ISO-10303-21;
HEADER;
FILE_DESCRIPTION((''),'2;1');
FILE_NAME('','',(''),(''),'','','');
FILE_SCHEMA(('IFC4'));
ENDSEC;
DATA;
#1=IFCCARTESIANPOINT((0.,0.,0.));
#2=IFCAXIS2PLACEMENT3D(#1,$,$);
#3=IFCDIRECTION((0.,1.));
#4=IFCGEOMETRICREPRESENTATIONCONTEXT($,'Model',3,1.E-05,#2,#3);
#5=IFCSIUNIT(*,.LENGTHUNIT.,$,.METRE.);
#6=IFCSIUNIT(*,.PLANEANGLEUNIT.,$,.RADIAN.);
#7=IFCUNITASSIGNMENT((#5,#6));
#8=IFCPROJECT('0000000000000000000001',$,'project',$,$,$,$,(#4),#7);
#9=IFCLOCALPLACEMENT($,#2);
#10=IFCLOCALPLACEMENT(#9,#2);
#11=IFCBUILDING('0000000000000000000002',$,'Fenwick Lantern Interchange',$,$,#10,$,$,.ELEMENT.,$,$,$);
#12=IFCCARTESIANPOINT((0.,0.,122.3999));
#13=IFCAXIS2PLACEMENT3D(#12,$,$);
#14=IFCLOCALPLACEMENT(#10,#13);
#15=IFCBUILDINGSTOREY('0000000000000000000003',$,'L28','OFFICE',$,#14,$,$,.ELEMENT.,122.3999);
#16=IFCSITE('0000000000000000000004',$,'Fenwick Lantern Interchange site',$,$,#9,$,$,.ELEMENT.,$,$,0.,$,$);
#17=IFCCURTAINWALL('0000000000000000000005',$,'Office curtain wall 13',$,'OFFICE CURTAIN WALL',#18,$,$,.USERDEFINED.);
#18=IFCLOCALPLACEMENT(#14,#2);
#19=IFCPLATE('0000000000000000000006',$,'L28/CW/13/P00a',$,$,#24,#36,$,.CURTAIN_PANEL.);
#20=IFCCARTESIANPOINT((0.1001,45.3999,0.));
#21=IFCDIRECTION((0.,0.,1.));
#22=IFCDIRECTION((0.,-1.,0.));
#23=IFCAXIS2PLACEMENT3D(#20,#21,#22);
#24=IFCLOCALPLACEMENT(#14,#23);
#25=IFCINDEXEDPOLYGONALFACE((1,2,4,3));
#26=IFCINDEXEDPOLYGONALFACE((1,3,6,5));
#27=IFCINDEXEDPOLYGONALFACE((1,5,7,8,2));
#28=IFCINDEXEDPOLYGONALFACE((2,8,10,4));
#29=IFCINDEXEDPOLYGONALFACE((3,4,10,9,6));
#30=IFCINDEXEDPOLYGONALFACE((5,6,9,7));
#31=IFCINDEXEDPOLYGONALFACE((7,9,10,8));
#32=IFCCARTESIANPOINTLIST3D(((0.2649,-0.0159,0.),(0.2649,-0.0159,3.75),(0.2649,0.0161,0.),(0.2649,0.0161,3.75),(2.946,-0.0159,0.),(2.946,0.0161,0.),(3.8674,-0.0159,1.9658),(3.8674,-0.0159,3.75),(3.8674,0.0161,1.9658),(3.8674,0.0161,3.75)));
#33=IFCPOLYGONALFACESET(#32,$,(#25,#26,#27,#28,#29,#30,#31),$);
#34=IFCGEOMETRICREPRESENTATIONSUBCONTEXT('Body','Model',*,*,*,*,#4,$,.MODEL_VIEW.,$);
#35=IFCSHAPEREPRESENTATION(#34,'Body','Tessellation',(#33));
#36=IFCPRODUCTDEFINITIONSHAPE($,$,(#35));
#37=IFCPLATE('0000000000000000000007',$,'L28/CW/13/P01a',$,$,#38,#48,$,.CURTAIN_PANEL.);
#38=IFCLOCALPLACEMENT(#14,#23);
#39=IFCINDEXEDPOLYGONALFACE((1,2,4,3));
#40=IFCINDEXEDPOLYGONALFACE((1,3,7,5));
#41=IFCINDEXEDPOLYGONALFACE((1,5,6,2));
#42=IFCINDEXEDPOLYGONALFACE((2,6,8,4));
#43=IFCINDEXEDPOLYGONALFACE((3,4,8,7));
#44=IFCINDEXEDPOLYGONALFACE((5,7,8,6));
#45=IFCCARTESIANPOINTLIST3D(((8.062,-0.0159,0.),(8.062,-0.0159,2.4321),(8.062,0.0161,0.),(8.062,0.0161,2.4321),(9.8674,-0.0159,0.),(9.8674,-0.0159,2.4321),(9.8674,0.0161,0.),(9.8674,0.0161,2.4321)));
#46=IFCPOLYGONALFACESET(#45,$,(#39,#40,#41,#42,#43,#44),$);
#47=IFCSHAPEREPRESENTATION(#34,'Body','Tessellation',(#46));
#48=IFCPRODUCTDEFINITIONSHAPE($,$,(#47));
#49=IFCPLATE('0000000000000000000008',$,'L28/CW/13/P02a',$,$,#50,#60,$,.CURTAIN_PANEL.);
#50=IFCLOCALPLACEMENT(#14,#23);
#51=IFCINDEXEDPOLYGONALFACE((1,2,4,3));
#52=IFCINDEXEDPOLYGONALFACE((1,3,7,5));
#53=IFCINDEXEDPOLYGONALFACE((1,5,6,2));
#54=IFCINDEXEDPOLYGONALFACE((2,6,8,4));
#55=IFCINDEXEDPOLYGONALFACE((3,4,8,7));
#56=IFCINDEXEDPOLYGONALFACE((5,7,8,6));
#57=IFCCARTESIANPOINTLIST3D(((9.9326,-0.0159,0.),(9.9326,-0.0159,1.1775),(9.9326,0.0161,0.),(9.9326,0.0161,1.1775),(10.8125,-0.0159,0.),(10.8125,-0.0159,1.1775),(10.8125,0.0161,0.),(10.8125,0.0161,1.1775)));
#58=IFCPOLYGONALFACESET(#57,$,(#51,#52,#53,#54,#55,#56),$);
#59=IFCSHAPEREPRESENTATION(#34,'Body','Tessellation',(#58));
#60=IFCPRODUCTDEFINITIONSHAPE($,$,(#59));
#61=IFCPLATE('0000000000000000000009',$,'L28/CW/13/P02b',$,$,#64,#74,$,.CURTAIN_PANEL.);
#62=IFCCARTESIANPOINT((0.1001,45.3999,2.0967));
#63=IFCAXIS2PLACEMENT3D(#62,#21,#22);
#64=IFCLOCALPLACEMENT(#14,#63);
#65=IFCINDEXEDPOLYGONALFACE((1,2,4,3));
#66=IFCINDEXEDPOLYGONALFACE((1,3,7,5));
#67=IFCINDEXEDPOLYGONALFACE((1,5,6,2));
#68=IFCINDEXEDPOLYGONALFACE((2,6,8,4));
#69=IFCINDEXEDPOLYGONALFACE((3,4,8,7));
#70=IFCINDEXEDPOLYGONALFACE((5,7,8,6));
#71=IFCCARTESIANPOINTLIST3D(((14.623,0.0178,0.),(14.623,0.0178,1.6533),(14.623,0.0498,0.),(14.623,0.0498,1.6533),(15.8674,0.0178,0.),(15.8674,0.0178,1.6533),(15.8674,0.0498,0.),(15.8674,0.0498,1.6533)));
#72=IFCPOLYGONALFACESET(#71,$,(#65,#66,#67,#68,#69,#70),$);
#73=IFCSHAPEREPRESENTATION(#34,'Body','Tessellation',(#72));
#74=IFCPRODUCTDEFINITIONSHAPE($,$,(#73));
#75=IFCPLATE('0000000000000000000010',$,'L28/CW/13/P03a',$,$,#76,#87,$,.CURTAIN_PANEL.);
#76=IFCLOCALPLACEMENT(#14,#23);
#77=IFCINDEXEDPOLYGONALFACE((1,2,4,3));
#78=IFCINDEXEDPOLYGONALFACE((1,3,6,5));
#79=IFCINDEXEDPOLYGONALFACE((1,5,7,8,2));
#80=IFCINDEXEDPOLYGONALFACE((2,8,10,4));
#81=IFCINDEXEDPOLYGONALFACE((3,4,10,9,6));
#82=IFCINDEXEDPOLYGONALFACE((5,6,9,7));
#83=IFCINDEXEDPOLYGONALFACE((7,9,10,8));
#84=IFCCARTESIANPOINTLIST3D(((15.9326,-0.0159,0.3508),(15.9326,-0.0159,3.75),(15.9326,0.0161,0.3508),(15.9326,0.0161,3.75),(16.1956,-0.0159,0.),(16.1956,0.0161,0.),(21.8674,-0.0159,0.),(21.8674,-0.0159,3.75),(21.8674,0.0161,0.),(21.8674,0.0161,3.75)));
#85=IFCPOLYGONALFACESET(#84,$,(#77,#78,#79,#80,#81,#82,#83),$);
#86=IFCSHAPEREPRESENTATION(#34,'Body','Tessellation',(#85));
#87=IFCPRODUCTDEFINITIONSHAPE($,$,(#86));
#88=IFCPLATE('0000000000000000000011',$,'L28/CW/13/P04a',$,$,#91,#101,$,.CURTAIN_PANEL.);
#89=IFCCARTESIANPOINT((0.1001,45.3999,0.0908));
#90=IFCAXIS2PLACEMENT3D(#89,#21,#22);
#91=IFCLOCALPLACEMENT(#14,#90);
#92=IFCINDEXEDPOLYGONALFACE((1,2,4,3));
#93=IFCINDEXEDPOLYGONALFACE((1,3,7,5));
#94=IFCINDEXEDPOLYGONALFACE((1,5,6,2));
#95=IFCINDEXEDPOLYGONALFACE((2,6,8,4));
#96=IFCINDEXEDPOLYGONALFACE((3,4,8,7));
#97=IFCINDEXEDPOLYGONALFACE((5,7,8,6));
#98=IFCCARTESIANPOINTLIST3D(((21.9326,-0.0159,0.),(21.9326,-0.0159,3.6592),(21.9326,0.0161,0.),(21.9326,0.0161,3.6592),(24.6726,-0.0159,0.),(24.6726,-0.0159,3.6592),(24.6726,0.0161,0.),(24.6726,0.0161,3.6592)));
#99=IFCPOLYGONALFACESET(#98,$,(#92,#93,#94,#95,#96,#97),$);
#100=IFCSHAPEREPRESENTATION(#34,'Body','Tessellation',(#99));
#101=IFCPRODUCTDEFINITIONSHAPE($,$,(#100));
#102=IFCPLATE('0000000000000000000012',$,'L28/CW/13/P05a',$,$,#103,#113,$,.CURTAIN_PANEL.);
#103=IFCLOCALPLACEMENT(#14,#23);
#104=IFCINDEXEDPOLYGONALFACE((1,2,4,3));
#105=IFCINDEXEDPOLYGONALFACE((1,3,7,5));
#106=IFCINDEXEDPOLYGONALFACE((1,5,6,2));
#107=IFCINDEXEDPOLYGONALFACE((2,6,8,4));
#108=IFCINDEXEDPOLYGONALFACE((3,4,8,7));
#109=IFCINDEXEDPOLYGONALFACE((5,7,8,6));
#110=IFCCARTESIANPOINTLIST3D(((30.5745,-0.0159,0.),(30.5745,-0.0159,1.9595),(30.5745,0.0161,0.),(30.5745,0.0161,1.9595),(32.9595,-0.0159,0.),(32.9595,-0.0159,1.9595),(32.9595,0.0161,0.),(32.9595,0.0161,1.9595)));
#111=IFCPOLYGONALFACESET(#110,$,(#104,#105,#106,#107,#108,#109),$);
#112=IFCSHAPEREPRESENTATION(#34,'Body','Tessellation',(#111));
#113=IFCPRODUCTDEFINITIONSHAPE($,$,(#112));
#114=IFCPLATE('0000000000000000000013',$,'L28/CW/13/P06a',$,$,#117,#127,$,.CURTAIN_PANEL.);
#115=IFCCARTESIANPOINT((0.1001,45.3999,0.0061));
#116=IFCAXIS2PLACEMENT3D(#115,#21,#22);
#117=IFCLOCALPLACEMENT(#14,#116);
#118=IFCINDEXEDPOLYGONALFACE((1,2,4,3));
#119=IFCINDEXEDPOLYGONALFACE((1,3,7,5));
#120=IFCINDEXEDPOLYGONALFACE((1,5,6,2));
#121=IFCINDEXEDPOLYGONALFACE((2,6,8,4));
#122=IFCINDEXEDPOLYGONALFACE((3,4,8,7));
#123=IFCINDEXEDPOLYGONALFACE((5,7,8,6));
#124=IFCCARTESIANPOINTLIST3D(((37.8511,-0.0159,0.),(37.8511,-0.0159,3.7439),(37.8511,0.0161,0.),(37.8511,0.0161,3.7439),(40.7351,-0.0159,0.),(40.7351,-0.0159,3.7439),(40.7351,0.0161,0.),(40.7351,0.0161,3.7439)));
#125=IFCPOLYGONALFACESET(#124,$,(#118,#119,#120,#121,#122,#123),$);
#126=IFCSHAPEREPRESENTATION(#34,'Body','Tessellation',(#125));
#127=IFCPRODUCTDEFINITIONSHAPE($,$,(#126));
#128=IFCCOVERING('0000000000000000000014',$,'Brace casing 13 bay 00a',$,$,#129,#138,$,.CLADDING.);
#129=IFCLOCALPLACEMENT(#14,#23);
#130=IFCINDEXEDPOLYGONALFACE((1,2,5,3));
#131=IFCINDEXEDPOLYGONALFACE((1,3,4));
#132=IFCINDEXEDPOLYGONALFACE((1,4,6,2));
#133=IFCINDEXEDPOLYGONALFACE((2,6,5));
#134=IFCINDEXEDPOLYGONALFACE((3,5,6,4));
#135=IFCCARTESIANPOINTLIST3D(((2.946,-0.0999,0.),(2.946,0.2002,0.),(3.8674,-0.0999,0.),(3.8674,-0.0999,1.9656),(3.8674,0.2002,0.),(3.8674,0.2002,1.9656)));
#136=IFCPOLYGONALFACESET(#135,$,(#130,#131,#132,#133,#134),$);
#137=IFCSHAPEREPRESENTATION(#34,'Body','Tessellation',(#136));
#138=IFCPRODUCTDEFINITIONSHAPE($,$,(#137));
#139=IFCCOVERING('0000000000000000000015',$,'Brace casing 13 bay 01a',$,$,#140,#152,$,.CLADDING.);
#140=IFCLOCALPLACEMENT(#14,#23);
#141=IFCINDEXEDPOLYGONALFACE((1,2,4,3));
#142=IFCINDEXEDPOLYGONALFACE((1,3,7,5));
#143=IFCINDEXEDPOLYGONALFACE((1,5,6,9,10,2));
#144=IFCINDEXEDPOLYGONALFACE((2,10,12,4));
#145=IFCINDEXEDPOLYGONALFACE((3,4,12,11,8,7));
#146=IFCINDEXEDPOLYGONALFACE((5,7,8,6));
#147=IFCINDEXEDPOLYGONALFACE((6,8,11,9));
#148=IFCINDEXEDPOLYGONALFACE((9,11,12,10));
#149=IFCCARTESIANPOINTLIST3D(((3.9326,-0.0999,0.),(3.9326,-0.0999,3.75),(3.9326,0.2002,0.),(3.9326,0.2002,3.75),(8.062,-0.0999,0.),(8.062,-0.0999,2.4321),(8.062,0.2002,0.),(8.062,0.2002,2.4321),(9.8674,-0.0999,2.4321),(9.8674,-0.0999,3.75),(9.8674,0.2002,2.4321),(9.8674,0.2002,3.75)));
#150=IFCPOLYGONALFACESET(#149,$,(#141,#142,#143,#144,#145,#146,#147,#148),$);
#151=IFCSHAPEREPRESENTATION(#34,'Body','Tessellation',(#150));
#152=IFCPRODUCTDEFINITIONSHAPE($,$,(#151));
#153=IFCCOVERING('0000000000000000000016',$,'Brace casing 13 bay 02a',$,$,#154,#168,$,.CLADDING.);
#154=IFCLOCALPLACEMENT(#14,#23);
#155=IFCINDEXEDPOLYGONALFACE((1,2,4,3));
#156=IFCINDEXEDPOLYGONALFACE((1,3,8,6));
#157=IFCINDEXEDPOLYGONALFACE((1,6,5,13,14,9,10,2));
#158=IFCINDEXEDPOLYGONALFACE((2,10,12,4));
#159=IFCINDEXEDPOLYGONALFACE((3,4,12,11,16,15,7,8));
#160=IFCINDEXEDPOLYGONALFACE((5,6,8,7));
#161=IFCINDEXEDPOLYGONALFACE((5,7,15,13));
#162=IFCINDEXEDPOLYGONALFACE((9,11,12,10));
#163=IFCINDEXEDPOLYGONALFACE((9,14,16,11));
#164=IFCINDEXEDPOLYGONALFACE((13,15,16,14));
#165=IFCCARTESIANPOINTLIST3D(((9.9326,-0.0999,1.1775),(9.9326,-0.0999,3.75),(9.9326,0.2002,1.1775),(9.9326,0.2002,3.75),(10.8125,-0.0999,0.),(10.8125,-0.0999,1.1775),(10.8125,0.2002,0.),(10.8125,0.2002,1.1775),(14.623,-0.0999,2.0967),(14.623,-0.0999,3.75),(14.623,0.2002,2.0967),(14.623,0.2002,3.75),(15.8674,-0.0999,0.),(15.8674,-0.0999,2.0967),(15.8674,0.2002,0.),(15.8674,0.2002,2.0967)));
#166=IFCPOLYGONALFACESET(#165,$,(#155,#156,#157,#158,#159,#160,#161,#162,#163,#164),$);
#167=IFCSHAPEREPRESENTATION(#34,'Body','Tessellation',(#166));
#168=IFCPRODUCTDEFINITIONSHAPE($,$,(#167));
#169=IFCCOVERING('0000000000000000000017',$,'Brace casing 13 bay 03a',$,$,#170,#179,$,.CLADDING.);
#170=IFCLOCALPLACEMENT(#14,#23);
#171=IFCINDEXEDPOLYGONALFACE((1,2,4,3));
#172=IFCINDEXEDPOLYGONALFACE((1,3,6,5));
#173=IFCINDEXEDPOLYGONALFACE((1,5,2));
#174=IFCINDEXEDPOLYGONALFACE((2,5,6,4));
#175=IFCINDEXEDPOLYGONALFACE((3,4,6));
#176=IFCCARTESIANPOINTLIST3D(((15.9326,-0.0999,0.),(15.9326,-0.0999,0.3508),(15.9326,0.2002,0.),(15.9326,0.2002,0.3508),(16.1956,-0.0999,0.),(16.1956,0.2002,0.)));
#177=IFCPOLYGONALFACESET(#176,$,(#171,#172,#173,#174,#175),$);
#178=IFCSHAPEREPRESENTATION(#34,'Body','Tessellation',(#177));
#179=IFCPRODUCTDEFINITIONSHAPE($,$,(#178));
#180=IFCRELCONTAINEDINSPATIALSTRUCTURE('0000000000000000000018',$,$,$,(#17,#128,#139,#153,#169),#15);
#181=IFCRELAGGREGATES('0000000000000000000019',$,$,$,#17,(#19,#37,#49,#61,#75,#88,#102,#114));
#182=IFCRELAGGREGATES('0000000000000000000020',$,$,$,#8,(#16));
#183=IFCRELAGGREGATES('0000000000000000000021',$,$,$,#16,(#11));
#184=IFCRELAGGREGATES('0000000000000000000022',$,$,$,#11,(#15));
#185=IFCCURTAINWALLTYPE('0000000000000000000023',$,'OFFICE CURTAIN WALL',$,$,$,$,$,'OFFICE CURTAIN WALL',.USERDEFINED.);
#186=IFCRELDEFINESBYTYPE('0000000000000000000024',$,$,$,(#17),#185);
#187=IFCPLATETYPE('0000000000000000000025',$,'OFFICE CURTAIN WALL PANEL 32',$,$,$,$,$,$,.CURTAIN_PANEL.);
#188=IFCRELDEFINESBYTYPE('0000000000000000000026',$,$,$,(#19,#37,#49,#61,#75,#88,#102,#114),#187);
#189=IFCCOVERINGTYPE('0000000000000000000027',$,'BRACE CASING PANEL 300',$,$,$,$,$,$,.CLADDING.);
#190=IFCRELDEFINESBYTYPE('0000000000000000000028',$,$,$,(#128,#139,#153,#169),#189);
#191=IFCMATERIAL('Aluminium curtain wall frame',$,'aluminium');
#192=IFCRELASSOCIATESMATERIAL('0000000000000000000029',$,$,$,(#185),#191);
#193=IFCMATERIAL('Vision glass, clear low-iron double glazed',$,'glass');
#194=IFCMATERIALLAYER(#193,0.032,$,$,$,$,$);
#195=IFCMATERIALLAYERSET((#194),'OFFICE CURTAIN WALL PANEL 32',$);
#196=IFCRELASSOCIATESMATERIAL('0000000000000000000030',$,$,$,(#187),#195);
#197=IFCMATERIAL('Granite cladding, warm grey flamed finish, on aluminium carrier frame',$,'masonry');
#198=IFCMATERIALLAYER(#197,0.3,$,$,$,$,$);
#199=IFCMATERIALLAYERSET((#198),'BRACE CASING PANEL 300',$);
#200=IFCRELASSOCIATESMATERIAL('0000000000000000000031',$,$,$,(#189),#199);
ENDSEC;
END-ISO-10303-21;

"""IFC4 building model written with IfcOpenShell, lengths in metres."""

from ifc_helpers import new_model, si_unit, direction, frame, origin, place, context, subcontext, project, spatial, polyline, outline, extrude, material, layer, layer_set, type_object, element, aggregate, save


model = new_model("IFC4")

# Units and contexts
model_context = context("Model", 3, precision=1e-05, world=origin(), true_north=direction((0.0, 1.0)))
body_context = subcontext(model_context, "Body", "Model", "MODEL_VIEW")
ifc_project = project(units=[si_unit("LENGTHUNIT", "METRE"), si_unit("PLANEANGLEUNIT", "RADIAN")], contexts=[model_context])

# Site, building, storey
site_placement = place(None, origin())
site = spatial("IfcSite", under=ifc_project, at=site_placement, Name="Fenwick Lantern Interchange site", CompositionType="ELEMENT", RefElevation=0.0)
building_placement = place(site_placement, origin())
building = spatial("IfcBuilding", under=site, at=building_placement, Name="Fenwick Lantern Interchange", CompositionType="ELEMENT")
storey_placement = place(building_placement, frame((0.0, 0.0, 122.3999)))
storey = spatial("IfcBuildingStorey", under=building, at=storey_placement, Name="L28", Description="OFFICE", CompositionType="ELEMENT", Elevation=122.3999)

# Shared definitions
ifc_material_1 = material(Name="Aluminium curtain wall frame", Category="aluminium")
curtain_wall_type = type_object("IfcCurtainWallType", Name="OFFICE CURTAIN WALL", ElementType="OFFICE CURTAIN WALL", PredefinedType="USERDEFINED", material=ifc_material_1)

# Curtain wall
curtain_wall_1_placement = place(storey_placement, origin())
curtain_wall_1 = element("IfcCurtainWall", 1, at=curtain_wall_1_placement, inside=storey, type_object=curtain_wall_type, Name="Office curtain wall 13", ObjectType="OFFICE CURTAIN WALL", PredefinedType="USERDEFINED")

# Plates
ifc_material_2 = material(Name="Vision glass, clear low-iron double glazed", Category="glass")
ifc_layer_1 = layer(ifc_material_2, 0.032)
ifc_layer_set_1 = layer_set([ifc_layer_1], Name="OFFICE CURTAIN WALL PANEL 32")
plate_type = type_object("IfcPlateType", Name="OFFICE CURTAIN WALL PANEL 32", PredefinedType="CURTAIN_PANEL", material=ifc_layer_set_1)
plate_1_placement = place(storey_placement, frame((0.1001, 45.3999, 0.0), z_axis=(0.0, 0.0, 1.0), x_axis=(0.0, -1.0, 0.0)))
plate_1 = element("IfcPlate", 2, at=plate_1_placement, type_object=plate_type, Name="L28/CW/13/P00a", PredefinedType="CURTAIN_PANEL", context=body_context, shape_type="SweptSolid", body=[
    extrude(outline(polyline([(0.2649, 0.0), (2.946, 0.0), (3.8674, 1.9658), (3.8674, 3.75), (0.2649, 3.75), (0.2649, 0.0)])), frame((0.0, 0.0161, 0.0), z_axis=(0.0, -1.0, 0.0), x_axis=(1.0, 0.0, 0.0)), (0.0, 0.0, 1.0), 0.032),
])
plate_2_placement = place(storey_placement, frame((0.1001, 45.3999, 0.0), z_axis=(0.0, 0.0, 1.0), x_axis=(0.0, -1.0, 0.0)))
plate_2 = element("IfcPlate", 3, at=plate_2_placement, type_object=plate_type, Name="L28/CW/13/P01a", PredefinedType="CURTAIN_PANEL", context=body_context, shape_type="SweptSolid", body=[
    extrude(outline(polyline([(8.062, 0.0), (9.8674, 0.0), (9.8674, 2.4321), (8.062, 2.4321), (8.062, 0.0)])), frame((0.0, 0.0161, 0.0), z_axis=(0.0, -1.0, 0.0), x_axis=(1.0, 0.0, 0.0)), (0.0, 0.0, 1.0), 0.032),
])
plate_3_placement = place(storey_placement, frame((0.1001, 45.3999, 0.0), z_axis=(0.0, 0.0, 1.0), x_axis=(0.0, -1.0, 0.0)))
plate_3 = element("IfcPlate", 4, at=plate_3_placement, type_object=plate_type, Name="L28/CW/13/P02a", PredefinedType="CURTAIN_PANEL", context=body_context, shape_type="SweptSolid", body=[
    extrude(outline(polyline([(9.9326, 0.0), (10.8125, 0.0), (10.8125, 1.1775), (9.9326, 1.1775), (9.9326, 0.0)])), frame((0.0, 0.0161, 0.0), z_axis=(0.0, -1.0, 0.0), x_axis=(1.0, 0.0, 0.0)), (0.0, 0.0, 1.0), 0.032),
])
plate_4_placement = place(storey_placement, frame((0.1001, 45.3999, 2.0967), z_axis=(0.0, 0.0, 1.0), x_axis=(0.0, -1.0, 0.0)))
plate_4 = element("IfcPlate", 5, at=plate_4_placement, type_object=plate_type, Name="L28/CW/13/P02b", PredefinedType="CURTAIN_PANEL", context=body_context, shape_type="SweptSolid", body=[
    extrude(outline(polyline([(14.623, 0.0), (15.8674, 0.0), (15.8674, 1.6533), (14.623, 1.6533), (14.623, 0.0)])), frame((0.0, 0.0498, 0.0), z_axis=(0.0, -1.0, 0.0), x_axis=(1.0, 0.0, 0.0)), (0.0, 0.0, 1.0), 0.032),
])
plate_5_placement = place(storey_placement, frame((0.1001, 45.3999, 0.0), z_axis=(0.0, 0.0, 1.0), x_axis=(0.0, -1.0, 0.0)))
plate_5 = element("IfcPlate", 6, at=plate_5_placement, type_object=plate_type, Name="L28/CW/13/P03a", PredefinedType="CURTAIN_PANEL", context=body_context, shape_type="SweptSolid", body=[
    extrude(outline(polyline([(16.1956, 0.0), (21.8674, 0.0), (21.8674, 3.75), (15.9326, 3.75), (15.9326, 0.3508), (16.1956, 0.0)])), frame((0.0, 0.0161, 0.0), z_axis=(0.0, -1.0, 0.0), x_axis=(1.0, 0.0, 0.0)), (0.0, 0.0, 1.0), 0.032),
])
plate_6_placement = place(storey_placement, frame((0.1001, 45.3999, 0.0908), z_axis=(0.0, 0.0, 1.0), x_axis=(0.0, -1.0, 0.0)))
plate_6 = element("IfcPlate", 7, at=plate_6_placement, type_object=plate_type, Name="L28/CW/13/P04a", PredefinedType="CURTAIN_PANEL", context=body_context, shape_type="SweptSolid", body=[
    extrude(outline(polyline([(21.9326, 0.0), (24.6726, 0.0), (24.6726, 3.6592), (21.9326, 3.6592), (21.9326, 0.0)])), frame((0.0, 0.0161, 0.0), z_axis=(0.0, -1.0, 0.0), x_axis=(1.0, 0.0, 0.0)), (0.0, 0.0, 1.0), 0.032),
])
plate_7_placement = place(storey_placement, frame((0.1001, 45.3999, 0.0), z_axis=(0.0, 0.0, 1.0), x_axis=(0.0, -1.0, 0.0)))
plate_7 = element("IfcPlate", 8, at=plate_7_placement, type_object=plate_type, Name="L28/CW/13/P05a", PredefinedType="CURTAIN_PANEL", context=body_context, shape_type="SweptSolid", body=[
    extrude(outline(polyline([(30.5745, 0.0), (32.9595, 0.0), (32.9595, 1.9595), (30.5745, 1.9595), (30.5745, 0.0)])), frame((0.0, 0.0161, 0.0), z_axis=(0.0, -1.0, 0.0), x_axis=(1.0, 0.0, 0.0)), (0.0, 0.0, 1.0), 0.032),
])
plate_8_placement = place(storey_placement, frame((0.1001, 45.3999, 0.0061), z_axis=(0.0, 0.0, 1.0), x_axis=(0.0, -1.0, 0.0)))
plate_8 = element("IfcPlate", 9, at=plate_8_placement, type_object=plate_type, Name="L28/CW/13/P06a", PredefinedType="CURTAIN_PANEL", context=body_context, shape_type="SweptSolid", body=[
    extrude(outline(polyline([(37.8511, 0.0), (40.7351, 0.0), (40.7351, 3.7439), (37.8511, 3.7439), (37.8511, 0.0)])), frame((0.0, 0.0161, 0.0), z_axis=(0.0, -1.0, 0.0), x_axis=(1.0, 0.0, 0.0)), (0.0, 0.0, 1.0), 0.032),
])
aggregate(curtain_wall_1, [plate_1, plate_2, plate_3, plate_4, plate_5, plate_6, plate_7, plate_8])

# Coverings
ifc_material_3 = material(Name="Granite cladding, warm grey flamed finish, on aluminium carrier frame", Category="masonry")
ifc_layer_2 = layer(ifc_material_3, 0.3)
ifc_layer_set_2 = layer_set([ifc_layer_2], Name="BRACE CASING PANEL 300")
covering_type = type_object("IfcCoveringType", Name="BRACE CASING PANEL 300", PredefinedType="CLADDING", material=ifc_layer_set_2)
covering_1_placement = place(storey_placement, frame((0.1001, 45.3999, 0.0), z_axis=(0.0, 0.0, 1.0), x_axis=(0.0, -1.0, 0.0)))
element("IfcCovering", 10, at=covering_1_placement, inside=storey, type_object=covering_type, Name="Brace casing 13 bay 00a", PredefinedType="CLADDING", context=body_context, shape_type="SweptSolid", body=[
    extrude(outline(polyline([(2.946, 0.0), (3.8674, 0.0), (3.8674, 1.9656), (2.946, 0.0)])), frame((0.0, 0.2002, 0.0), z_axis=(0.0, -1.0, 0.0), x_axis=(1.0, 0.0, 0.0)), (0.0, 0.0, 1.0), 0.3),
])
covering_2_placement = place(storey_placement, frame((0.1001, 45.3999, 0.0), z_axis=(0.0, 0.0, 1.0), x_axis=(0.0, -1.0, 0.0)))
element("IfcCovering", 11, at=covering_2_placement, inside=storey, type_object=covering_type, Name="Brace casing 13 bay 01a", PredefinedType="CLADDING", context=body_context, shape_type="SweptSolid", body=[
    extrude(outline(polyline([(3.9326, 0.0), (8.062, 0.0), (8.062, 2.4321), (9.8674, 2.4321), (9.8674, 3.75), (3.9326, 3.75), (3.9326, 0.0)])), frame((0.0, 0.2002, 0.0), z_axis=(0.0, -1.0, 0.0), x_axis=(1.0, 0.0, 0.0)), (0.0, 0.0, 1.0), 0.3),
])
covering_3_placement = place(storey_placement, frame((0.1001, 45.3999, 0.0), z_axis=(0.0, 0.0, 1.0), x_axis=(0.0, -1.0, 0.0)))
element("IfcCovering", 12, at=covering_3_placement, inside=storey, type_object=covering_type, Name="Brace casing 13 bay 02a", PredefinedType="CLADDING", context=body_context, shape_type="SweptSolid", body=[
    extrude(outline(polyline([(10.8125, 0.0), (15.8674, 0.0), (15.8674, 2.0967), (14.623, 2.0967), (14.623, 3.75), (9.9326, 3.75), (9.9326, 1.1775), (10.8125, 1.1775), (10.8125, 0.0)])), frame((0.0, 0.2002, 0.0), z_axis=(0.0, -1.0, 0.0), x_axis=(1.0, 0.0, 0.0)), (0.0, 0.0, 1.0), 0.3),
])
covering_4_placement = place(storey_placement, frame((0.1001, 45.3999, 0.0), z_axis=(0.0, 0.0, 1.0), x_axis=(0.0, -1.0, 0.0)))
element("IfcCovering", 13, at=covering_4_placement, inside=storey, type_object=covering_type, Name="Brace casing 13 bay 03a", PredefinedType="CLADDING", context=body_context, shape_type="SweptSolid", body=[
    extrude(outline(polyline([(15.9326, 0.0), (16.1956, 0.0), (15.9326, 0.3508), (15.9326, 0.0)])), frame((0.0, 0.2002, 0.0), z_axis=(0.0, -1.0, 0.0), x_axis=(1.0, 0.0, 0.0)), (0.0, 0.0, 1.0), 0.3),
])

save(model, "model.ifc")
